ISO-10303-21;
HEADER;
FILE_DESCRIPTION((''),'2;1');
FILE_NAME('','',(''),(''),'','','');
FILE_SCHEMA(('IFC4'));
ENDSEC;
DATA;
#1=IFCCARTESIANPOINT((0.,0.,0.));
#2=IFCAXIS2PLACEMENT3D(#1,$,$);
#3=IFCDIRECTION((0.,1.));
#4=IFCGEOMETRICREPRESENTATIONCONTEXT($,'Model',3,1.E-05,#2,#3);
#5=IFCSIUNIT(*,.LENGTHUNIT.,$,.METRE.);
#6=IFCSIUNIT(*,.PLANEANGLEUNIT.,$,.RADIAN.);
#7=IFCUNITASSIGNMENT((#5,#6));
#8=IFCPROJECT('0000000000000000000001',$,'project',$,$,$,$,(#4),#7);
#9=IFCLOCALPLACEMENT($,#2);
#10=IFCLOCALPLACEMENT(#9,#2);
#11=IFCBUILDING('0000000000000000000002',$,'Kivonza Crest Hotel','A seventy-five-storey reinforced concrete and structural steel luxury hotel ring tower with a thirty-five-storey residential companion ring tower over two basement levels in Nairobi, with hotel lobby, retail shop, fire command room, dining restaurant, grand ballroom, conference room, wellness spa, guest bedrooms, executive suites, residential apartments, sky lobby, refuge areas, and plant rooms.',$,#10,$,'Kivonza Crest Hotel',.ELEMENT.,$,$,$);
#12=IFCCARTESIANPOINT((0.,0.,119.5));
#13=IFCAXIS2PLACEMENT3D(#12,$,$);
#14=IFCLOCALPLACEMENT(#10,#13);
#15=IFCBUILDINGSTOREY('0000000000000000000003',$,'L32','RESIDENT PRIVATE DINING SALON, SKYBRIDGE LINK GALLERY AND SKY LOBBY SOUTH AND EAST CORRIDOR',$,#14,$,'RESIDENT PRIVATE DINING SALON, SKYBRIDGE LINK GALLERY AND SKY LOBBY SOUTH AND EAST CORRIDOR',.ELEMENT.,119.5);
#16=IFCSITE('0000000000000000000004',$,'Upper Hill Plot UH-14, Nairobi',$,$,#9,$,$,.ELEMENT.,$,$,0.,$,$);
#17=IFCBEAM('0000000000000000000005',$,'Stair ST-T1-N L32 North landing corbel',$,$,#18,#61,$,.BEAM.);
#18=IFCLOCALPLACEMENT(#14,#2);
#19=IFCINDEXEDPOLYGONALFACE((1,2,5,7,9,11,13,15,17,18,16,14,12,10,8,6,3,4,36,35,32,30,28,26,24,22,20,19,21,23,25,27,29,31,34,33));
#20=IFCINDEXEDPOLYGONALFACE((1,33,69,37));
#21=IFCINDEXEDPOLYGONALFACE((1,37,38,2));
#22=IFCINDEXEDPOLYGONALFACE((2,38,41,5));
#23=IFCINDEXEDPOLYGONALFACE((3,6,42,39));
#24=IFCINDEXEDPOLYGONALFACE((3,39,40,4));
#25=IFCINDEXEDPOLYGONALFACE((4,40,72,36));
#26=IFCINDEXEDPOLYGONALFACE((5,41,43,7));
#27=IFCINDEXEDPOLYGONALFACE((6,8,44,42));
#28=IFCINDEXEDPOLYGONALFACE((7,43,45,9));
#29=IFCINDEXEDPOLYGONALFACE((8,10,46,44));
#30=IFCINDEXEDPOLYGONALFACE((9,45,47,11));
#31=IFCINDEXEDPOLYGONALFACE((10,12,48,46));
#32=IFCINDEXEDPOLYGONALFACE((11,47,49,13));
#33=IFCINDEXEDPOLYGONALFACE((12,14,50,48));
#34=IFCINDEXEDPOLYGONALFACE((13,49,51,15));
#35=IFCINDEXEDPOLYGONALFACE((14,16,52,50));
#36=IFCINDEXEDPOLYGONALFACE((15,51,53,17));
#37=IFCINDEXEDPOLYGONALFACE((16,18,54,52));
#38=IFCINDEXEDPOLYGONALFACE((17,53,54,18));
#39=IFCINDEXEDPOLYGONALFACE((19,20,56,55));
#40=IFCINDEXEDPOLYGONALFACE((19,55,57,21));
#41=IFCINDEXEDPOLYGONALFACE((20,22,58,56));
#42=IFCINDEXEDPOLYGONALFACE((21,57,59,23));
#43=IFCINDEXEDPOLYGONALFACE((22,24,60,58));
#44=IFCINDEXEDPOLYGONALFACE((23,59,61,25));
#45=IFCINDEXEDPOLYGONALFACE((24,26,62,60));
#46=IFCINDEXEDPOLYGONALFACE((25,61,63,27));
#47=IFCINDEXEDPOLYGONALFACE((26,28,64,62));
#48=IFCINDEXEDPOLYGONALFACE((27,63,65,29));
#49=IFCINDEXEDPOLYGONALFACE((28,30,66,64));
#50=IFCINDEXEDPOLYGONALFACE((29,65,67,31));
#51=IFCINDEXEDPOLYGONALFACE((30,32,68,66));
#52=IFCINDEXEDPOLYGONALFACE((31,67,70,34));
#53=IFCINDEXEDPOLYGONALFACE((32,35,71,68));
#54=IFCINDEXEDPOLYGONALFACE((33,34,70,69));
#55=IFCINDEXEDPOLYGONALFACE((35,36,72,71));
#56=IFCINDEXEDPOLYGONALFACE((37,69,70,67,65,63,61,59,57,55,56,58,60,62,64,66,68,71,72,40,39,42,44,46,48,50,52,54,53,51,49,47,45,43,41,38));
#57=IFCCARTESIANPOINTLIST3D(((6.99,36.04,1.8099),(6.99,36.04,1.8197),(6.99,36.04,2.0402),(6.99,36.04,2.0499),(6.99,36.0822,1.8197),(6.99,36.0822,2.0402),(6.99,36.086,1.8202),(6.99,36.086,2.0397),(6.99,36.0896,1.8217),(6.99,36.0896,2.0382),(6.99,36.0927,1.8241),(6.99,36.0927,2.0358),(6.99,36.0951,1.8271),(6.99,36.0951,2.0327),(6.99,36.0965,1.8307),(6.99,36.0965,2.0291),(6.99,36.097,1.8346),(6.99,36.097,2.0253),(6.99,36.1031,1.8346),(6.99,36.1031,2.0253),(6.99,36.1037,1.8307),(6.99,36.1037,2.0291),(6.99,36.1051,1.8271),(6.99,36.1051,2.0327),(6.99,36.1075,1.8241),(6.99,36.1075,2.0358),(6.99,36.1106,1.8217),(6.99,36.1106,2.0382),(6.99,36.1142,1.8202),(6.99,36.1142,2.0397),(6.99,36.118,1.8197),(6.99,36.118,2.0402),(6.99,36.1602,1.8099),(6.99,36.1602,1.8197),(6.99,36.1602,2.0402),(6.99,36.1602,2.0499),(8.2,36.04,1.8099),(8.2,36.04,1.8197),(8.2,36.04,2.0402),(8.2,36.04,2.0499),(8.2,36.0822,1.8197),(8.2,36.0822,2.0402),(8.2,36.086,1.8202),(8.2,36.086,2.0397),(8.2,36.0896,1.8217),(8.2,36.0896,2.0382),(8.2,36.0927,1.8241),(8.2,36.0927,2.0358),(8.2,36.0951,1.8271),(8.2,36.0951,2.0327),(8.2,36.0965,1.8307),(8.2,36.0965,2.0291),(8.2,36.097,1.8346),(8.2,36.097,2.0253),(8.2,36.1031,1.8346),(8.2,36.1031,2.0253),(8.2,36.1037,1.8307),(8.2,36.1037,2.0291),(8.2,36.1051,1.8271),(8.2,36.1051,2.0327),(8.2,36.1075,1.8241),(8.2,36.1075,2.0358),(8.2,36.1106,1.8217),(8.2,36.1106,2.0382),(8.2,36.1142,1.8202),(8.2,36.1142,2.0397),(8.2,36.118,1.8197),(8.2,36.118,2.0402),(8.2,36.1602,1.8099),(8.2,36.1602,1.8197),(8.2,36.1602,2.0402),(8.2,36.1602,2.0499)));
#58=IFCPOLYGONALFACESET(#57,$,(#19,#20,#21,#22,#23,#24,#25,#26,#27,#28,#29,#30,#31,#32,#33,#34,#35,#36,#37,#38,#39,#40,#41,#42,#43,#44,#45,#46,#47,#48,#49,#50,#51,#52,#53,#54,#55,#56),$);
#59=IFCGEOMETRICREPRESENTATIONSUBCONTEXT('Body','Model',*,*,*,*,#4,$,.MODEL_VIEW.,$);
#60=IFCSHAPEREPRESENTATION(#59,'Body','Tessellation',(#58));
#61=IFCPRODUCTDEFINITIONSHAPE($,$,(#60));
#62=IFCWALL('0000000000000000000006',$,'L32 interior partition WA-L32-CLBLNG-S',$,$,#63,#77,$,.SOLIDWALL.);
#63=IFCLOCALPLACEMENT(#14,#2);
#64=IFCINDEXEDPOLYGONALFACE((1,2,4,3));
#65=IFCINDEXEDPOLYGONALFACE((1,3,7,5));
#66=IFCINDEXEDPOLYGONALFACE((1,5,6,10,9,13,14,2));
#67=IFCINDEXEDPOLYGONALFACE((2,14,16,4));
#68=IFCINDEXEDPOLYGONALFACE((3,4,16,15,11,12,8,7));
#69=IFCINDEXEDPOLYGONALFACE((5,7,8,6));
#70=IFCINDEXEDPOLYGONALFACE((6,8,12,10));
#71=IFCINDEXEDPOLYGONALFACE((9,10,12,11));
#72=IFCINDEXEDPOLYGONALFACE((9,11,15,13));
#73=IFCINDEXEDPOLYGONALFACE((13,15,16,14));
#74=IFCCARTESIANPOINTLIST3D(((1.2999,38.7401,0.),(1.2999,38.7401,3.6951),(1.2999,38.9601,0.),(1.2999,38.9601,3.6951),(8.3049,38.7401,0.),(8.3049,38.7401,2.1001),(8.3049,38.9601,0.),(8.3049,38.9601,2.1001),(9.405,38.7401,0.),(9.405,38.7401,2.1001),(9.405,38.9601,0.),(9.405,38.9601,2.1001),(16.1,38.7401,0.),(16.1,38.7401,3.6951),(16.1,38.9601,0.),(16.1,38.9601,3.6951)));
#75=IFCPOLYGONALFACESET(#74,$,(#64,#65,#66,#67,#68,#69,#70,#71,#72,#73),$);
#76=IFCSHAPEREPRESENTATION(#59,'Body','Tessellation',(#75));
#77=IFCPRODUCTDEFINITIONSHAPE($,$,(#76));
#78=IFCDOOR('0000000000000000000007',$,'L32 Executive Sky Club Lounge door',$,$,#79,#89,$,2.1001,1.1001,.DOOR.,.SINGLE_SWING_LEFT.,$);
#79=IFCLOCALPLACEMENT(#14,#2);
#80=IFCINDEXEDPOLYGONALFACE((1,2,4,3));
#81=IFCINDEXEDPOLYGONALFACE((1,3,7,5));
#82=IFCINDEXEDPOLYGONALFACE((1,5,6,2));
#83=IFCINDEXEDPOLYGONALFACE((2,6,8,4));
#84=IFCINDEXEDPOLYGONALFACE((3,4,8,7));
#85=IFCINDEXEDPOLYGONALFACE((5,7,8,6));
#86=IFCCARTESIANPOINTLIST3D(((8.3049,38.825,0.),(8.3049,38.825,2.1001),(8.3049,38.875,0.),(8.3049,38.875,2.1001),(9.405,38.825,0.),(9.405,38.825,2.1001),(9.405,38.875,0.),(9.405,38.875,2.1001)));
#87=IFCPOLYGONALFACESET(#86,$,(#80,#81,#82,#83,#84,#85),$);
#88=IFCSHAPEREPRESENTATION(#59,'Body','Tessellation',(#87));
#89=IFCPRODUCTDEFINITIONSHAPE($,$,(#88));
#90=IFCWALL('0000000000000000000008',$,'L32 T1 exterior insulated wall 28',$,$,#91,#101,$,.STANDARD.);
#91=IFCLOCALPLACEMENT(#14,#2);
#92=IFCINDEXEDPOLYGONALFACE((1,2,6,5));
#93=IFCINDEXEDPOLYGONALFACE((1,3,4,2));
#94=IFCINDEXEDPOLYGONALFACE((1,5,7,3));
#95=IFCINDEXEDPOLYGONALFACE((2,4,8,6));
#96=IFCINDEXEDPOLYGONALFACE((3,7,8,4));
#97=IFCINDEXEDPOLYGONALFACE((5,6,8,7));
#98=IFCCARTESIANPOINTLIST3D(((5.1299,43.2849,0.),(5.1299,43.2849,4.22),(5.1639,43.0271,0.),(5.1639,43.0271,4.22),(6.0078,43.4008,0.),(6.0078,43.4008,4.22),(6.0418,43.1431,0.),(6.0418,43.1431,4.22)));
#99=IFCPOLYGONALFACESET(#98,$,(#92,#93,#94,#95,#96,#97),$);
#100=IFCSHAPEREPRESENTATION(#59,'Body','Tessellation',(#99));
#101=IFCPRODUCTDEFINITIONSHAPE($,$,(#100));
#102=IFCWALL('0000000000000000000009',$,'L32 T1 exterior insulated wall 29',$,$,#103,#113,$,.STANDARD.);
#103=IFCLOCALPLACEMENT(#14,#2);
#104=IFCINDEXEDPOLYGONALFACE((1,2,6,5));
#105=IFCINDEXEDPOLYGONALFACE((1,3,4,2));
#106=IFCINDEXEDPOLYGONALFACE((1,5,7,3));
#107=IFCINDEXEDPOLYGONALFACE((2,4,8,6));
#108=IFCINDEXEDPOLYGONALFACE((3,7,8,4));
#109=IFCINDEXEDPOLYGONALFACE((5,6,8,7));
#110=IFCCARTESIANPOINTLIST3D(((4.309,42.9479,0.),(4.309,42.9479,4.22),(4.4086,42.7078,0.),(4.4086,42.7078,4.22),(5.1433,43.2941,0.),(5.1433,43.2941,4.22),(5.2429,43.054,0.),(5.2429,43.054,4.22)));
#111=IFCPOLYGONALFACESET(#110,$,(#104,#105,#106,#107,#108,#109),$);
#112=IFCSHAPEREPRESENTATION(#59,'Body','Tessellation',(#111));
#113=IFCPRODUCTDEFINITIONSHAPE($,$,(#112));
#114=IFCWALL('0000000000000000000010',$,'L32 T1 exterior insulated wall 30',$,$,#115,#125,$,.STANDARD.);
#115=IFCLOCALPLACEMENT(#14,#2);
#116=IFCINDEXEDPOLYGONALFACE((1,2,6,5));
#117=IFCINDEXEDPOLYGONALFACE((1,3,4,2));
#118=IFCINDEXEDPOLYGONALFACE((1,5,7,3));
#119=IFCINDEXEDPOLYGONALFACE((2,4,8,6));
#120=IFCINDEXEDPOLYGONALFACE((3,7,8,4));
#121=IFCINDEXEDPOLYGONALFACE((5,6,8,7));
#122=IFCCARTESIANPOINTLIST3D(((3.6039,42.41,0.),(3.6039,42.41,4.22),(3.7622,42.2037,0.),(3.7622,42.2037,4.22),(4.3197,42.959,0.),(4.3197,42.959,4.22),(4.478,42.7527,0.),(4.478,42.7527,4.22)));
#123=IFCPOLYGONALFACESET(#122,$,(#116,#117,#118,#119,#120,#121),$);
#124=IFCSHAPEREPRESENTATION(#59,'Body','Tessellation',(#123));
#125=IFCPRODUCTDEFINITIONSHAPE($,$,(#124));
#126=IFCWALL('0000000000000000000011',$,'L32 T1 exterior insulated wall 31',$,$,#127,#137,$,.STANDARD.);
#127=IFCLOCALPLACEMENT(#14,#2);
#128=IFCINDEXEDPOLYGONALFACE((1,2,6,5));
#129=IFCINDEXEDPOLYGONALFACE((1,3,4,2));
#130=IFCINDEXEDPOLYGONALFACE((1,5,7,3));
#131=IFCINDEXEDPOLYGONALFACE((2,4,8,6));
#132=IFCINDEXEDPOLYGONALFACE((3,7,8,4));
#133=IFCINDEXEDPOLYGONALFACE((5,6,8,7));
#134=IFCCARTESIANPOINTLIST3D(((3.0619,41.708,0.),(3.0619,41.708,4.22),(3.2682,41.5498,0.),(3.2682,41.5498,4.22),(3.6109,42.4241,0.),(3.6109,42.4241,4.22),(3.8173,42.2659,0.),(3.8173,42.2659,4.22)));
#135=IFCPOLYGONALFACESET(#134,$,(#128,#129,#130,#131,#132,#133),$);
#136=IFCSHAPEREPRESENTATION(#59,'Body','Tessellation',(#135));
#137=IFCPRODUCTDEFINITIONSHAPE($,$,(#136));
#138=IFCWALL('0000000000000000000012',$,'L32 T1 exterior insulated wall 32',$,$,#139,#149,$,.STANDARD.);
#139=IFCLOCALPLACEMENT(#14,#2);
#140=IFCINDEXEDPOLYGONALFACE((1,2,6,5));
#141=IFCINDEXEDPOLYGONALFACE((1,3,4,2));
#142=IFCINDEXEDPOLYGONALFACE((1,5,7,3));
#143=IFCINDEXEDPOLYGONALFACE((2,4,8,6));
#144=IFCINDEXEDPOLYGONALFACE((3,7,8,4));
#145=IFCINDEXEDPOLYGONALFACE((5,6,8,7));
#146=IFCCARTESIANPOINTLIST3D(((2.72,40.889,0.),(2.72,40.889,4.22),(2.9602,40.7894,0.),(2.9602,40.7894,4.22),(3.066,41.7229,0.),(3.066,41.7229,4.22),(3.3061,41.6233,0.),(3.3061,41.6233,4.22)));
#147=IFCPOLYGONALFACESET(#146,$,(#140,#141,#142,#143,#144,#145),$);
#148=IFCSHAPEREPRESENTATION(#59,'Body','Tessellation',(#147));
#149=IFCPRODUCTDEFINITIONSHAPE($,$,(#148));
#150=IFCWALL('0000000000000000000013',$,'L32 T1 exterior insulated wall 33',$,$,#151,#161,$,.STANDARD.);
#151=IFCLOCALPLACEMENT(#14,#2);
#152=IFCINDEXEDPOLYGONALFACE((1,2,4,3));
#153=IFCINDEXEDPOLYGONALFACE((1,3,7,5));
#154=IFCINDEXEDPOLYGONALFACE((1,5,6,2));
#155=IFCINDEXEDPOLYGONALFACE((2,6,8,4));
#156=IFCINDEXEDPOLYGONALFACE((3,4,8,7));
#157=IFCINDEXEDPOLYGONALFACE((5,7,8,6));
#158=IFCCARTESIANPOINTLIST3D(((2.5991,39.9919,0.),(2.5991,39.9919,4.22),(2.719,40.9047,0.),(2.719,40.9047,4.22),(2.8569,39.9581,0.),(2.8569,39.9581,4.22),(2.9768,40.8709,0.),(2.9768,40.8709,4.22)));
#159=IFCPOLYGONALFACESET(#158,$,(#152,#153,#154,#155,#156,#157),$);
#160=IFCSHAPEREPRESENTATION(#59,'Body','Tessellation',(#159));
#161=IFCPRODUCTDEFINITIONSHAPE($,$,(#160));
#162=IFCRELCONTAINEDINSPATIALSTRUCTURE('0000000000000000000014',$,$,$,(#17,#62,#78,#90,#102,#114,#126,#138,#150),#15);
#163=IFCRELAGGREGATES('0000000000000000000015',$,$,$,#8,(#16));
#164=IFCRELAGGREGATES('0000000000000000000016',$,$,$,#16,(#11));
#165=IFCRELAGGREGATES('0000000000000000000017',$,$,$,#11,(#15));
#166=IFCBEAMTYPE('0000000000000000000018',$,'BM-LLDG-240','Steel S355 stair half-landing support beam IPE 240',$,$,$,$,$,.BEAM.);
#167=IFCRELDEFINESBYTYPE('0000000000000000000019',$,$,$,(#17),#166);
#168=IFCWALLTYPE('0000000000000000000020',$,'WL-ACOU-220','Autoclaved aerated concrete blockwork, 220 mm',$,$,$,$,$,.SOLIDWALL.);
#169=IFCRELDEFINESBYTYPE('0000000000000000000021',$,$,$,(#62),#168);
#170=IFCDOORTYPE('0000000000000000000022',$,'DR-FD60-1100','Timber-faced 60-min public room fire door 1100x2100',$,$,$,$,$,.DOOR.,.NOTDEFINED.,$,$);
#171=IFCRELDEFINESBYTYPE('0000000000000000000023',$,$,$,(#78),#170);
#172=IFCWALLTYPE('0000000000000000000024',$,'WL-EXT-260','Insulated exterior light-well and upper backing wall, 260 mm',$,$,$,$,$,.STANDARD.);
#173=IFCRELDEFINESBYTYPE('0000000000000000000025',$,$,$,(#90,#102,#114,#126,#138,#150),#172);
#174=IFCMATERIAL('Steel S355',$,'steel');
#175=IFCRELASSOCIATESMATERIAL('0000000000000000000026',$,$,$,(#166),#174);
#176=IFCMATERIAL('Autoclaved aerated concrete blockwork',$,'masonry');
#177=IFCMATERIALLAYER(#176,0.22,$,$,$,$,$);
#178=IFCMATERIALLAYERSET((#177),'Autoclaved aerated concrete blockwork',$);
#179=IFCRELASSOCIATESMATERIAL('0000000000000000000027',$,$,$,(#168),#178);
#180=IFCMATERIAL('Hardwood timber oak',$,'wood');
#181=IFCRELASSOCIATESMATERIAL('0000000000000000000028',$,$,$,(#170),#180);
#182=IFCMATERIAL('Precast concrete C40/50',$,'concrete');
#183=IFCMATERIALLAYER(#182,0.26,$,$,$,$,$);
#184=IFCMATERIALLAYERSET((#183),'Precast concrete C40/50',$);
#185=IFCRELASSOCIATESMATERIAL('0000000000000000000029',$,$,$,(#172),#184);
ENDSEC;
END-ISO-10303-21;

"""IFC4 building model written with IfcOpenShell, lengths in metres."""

from ifc_helpers import new_model, si_unit, direction, frame, frame_2d, origin, origin_2d, place, context, subcontext, project, spatial, rectangle, i_section, extrude, material, layer, layer_set, material_profile, profile_set, type_object, element, fill, save


model = new_model("IFC4")

# Units and contexts
model_context = context("Model", 3, precision=1e-05, world=origin(), true_north=direction((0.0, 1.0)))
body_context = subcontext(model_context, "Body", "Model", "MODEL_VIEW")
ifc_project = project(units=[si_unit("LENGTHUNIT", "METRE"), si_unit("PLANEANGLEUNIT", "RADIAN")], contexts=[model_context])

# Site, building, storey
site_placement = place(None, origin())
site = spatial("IfcSite", under=ifc_project, at=site_placement, Name="Upper Hill Plot UH-14, Nairobi", CompositionType="ELEMENT", RefElevation=0.0)
building_placement = place(site_placement, origin())
building = spatial("IfcBuilding", under=site, at=building_placement, Name="Kivonza Crest Hotel", Description="A seventy-five-storey reinforced concrete and structural steel luxury hotel ring tower with a thirty-five-storey residential companion ring tower over two basement levels in Nairobi, with hotel lobby, retail shop, fire command room, dining restaurant, grand ballroom, conference room, wellness spa, guest bedrooms, executive suites, residential apartments, sky lobby, refuge areas, and plant rooms.", LongName="Kivonza Crest Hotel", CompositionType="ELEMENT")
storey_placement = place(building_placement, frame((0.0, 0.0, 119.5)))
storey = spatial("IfcBuildingStorey", under=building, at=storey_placement, Name="L32", Description="RESIDENT PRIVATE DINING SALON, SKYBRIDGE LINK GALLERY AND SKY LOBBY SOUTH AND EAST CORRIDOR", LongName="RESIDENT PRIVATE DINING SALON, SKYBRIDGE LINK GALLERY AND SKY LOBBY SOUTH AND EAST CORRIDOR", CompositionType="ELEMENT", Elevation=119.5)

# Shared definitions
ifc_material_1 = material(Name="Steel S355", Category="steel")

# Beam
ifc_material_profile_1 = material_profile(ifc_material_1, i_section(OverallWidth=0.1201, OverallDepth=0.24, WebThickness=0.0061, FlangeThickness=0.0098, FilletRadius=0.0149, at=origin_2d()), Name="IPE 240")
ifc_profile_set_1 = profile_set([ifc_material_profile_1], Name="Steel S355")
beam_type_1 = type_object("IfcBeamType", Name="BM-LLDG-240", Description="Steel S355 stair half-landing support beam IPE 240", PredefinedType="BEAM", material=ifc_profile_set_1)
beam_1_placement = place(storey_placement, frame((6.99, 36.1001, 1.9299), z_axis=(1.0, 0.0, 0.0), x_axis=(0.0, 1.0, 0.0)))
element("IfcBeam", 1, at=beam_1_placement, inside=storey, type_object=beam_type_1, Name="Stair ST-T1-N L32 North landing corbel", PredefinedType="BEAM", context=body_context, shape_type="SweptSolid", body=[
    extrude(i_section(OverallWidth=0.1201, OverallDepth=0.24, WebThickness=0.0061, FlangeThickness=0.0098, FilletRadius=0.0149, at=origin_2d()), origin(), (0.0, 0.0, 1.0), 1.21),
])

# Wall, opening, door
ifc_material_2 = material(Name="Autoclaved aerated concrete blockwork", Category="masonry")
ifc_layer_1 = layer(ifc_material_2, 0.22)
ifc_layer_set_1 = layer_set([ifc_layer_1], Name="Autoclaved aerated concrete blockwork")
wall_type_1 = type_object("IfcWallType", Name="WL-ACOU-220", Description="Autoclaved aerated concrete blockwork, 220 mm", PredefinedType="SOLIDWALL", material=ifc_layer_set_1)
wall_1_placement = place(storey_placement, frame((1.3, 38.8501, 0.0), z_axis=(0.0, 0.0, 1.0), x_axis=(1.0, 0.0, 0.0)))
wall_1 = element("IfcWall", 2, at=wall_1_placement, inside=storey, type_object=wall_type_1, Name="L32 interior partition WA-L32-CLBLNG-S", PredefinedType="SOLIDWALL", context=body_context, shape_type="SweptSolid", body=[
    extrude(rectangle(XDim=14.8, YDim=0.22, at=frame_2d((7.3999, 0.0))), origin(), (0.0, 0.0, 1.0), 3.6951),
])
opening_1_placement = place(wall_1_placement, frame((7.0049, 0.0, 0.0)))
opening_1 = element("IfcOpeningElement", 3, at=opening_1_placement, cuts=wall_1, PredefinedType="OPENING", context=body_context, shape_type="SweptSolid", body=[
    extrude(rectangle(XDim=1.1001, YDim=2.1001, at=frame_2d((0.55, 1.05))), frame((0.0, 0.1201, 0.0), z_axis=(0.0, -1.0, 0.0), x_axis=(1.0, 0.0, 0.0)), (0.0, 0.0, 1.0), 0.24),
])
ifc_material_3 = material(Name="Hardwood timber oak", Category="wood")
door_type_1 = type_object("IfcDoorType", Name="DR-FD60-1100", Description="Timber-faced 60-min public room fire door 1100x2100", OperationType="NOTDEFINED", PredefinedType="DOOR", material=ifc_material_3)
door_1_placement = place(opening_1_placement, origin())
door_1 = element("IfcDoor", 4, at=door_1_placement, inside=storey, type_object=door_type_1, Name="L32 Executive Sky Club Lounge door", OperationType="SINGLE_SWING_LEFT", OverallHeight=2.1001, OverallWidth=1.1001, PredefinedType="DOOR", context=body_context, shape_type="SweptSolid", body=[
    extrude(rectangle(XDim=1.1001, YDim=2.1001, at=frame_2d((0.55, 1.05))), frame((0.0, 0.0249, 0.0), z_axis=(0.0, -1.0, 0.0), x_axis=(1.0, 0.0, 0.0)), (0.0, 0.0, 1.0), 0.05),
])
fill(opening_1, door_1)

# Walls
ifc_material_4 = material(Name="Precast concrete C40/50", Category="concrete")
ifc_layer_2 = layer(ifc_material_4, 0.26)
ifc_layer_set_2 = layer_set([ifc_layer_2], Name="Precast concrete C40/50")
wall_type_2 = type_object("IfcWallType", Name="WL-EXT-260", Description="Insulated exterior light-well and upper backing wall, 260 mm", PredefinedType="STANDARD", material=ifc_layer_set_2)
wall_2_placement = place(storey_placement, frame((6.0249, 43.272, 0.0), z_axis=(0.0, 0.0, 1.0), x_axis=(-0.991388, -0.130954, 0.0)))
element("IfcWall", 5, at=wall_2_placement, inside=storey, type_object=wall_type_2, Name="L32 T1 exterior insulated wall 28", PredefinedType="STANDARD", context=body_context, shape_type="SweptSolid", body=[
    extrude(rectangle(XDim=0.8855, YDim=0.26, at=frame_2d((0.4429, 0.0))), origin(), (0.0, 0.0, 1.0), 4.22),
])
wall_3_placement = place(storey_placement, frame((5.1931, 43.1741, 0.0), z_axis=(0.0, 0.0, 1.0), x_axis=(-0.923628, -0.383291, 0.0)))
element("IfcWall", 6, at=wall_3_placement, inside=storey, type_object=wall_type_2, Name="L32 T1 exterior insulated wall 29", PredefinedType="STANDARD", context=body_context, shape_type="SweptSolid", body=[
    extrude(rectangle(XDim=0.9033, YDim=0.26, at=frame_2d((0.4517, 0.0))), origin(), (0.0, 0.0, 1.0), 4.22),
])
wall_4_placement = place(storey_placement, frame((4.3989, 42.856, 0.0), z_axis=(0.0, 0.0, 1.0), x_axis=(-0.793458, -0.608625, 0.0)))
element("IfcWall", 7, at=wall_4_placement, inside=storey, type_object=wall_type_2, Name="L32 T1 exterior insulated wall 30", PredefinedType="STANDARD", context=body_context, shape_type="SweptSolid", body=[
    extrude(rectangle(XDim=0.9021, YDim=0.26, at=frame_2d((0.4512, 0.0))), origin(), (0.0, 0.0, 1.0), 4.22),
])
wall_5_placement = place(storey_placement, frame((3.7141, 42.345, 0.0), z_axis=(0.0, 0.0, 1.0), x_axis=(-0.608494, -0.793558, 0.0)))
element("IfcWall", 8, at=wall_5_placement, inside=storey, type_object=wall_type_2, Name="L32 T1 exterior insulated wall 31", PredefinedType="STANDARD", context=body_context, shape_type="SweptSolid", body=[
    extrude(rectangle(XDim=0.9023, YDim=0.26, at=frame_2d((0.4512, 0.0))), origin(), (0.0, 0.0, 1.0), 4.22),
])
wall_6_placement = place(storey_placement, frame((3.186, 41.6731, 0.0), z_axis=(0.0, 0.0, 1.0), x_axis=(-0.383156, -0.923684, 0.0)))
element("IfcWall", 9, at=wall_6_placement, inside=storey, type_object=wall_type_2, Name="L32 T1 exterior insulated wall 32", PredefinedType="STANDARD", context=body_context, shape_type="SweptSolid", body=[
    extrude(rectangle(XDim=0.9028, YDim=0.26, at=frame_2d((0.4514, 0.0))), origin(), (0.0, 0.0, 1.0), 4.22),
])
wall_7_placement = place(storey_placement, frame((2.8479, 40.8879, 0.0), z_axis=(0.0, 0.0, 1.0), x_axis=(-0.130201, -0.991488, 0.0)))
element("IfcWall", 10, at=wall_7_placement, inside=storey, type_object=wall_type_2, Name="L32 T1 exterior insulated wall 33", PredefinedType="STANDARD", context=body_context, shape_type="SweptSolid", body=[
    extrude(rectangle(XDim=0.9207, YDim=0.26, at=frame_2d((0.4604, 0.0))), origin(), (0.0, 0.0, 1.0), 4.22),
])

save(model, "model.ifc")
